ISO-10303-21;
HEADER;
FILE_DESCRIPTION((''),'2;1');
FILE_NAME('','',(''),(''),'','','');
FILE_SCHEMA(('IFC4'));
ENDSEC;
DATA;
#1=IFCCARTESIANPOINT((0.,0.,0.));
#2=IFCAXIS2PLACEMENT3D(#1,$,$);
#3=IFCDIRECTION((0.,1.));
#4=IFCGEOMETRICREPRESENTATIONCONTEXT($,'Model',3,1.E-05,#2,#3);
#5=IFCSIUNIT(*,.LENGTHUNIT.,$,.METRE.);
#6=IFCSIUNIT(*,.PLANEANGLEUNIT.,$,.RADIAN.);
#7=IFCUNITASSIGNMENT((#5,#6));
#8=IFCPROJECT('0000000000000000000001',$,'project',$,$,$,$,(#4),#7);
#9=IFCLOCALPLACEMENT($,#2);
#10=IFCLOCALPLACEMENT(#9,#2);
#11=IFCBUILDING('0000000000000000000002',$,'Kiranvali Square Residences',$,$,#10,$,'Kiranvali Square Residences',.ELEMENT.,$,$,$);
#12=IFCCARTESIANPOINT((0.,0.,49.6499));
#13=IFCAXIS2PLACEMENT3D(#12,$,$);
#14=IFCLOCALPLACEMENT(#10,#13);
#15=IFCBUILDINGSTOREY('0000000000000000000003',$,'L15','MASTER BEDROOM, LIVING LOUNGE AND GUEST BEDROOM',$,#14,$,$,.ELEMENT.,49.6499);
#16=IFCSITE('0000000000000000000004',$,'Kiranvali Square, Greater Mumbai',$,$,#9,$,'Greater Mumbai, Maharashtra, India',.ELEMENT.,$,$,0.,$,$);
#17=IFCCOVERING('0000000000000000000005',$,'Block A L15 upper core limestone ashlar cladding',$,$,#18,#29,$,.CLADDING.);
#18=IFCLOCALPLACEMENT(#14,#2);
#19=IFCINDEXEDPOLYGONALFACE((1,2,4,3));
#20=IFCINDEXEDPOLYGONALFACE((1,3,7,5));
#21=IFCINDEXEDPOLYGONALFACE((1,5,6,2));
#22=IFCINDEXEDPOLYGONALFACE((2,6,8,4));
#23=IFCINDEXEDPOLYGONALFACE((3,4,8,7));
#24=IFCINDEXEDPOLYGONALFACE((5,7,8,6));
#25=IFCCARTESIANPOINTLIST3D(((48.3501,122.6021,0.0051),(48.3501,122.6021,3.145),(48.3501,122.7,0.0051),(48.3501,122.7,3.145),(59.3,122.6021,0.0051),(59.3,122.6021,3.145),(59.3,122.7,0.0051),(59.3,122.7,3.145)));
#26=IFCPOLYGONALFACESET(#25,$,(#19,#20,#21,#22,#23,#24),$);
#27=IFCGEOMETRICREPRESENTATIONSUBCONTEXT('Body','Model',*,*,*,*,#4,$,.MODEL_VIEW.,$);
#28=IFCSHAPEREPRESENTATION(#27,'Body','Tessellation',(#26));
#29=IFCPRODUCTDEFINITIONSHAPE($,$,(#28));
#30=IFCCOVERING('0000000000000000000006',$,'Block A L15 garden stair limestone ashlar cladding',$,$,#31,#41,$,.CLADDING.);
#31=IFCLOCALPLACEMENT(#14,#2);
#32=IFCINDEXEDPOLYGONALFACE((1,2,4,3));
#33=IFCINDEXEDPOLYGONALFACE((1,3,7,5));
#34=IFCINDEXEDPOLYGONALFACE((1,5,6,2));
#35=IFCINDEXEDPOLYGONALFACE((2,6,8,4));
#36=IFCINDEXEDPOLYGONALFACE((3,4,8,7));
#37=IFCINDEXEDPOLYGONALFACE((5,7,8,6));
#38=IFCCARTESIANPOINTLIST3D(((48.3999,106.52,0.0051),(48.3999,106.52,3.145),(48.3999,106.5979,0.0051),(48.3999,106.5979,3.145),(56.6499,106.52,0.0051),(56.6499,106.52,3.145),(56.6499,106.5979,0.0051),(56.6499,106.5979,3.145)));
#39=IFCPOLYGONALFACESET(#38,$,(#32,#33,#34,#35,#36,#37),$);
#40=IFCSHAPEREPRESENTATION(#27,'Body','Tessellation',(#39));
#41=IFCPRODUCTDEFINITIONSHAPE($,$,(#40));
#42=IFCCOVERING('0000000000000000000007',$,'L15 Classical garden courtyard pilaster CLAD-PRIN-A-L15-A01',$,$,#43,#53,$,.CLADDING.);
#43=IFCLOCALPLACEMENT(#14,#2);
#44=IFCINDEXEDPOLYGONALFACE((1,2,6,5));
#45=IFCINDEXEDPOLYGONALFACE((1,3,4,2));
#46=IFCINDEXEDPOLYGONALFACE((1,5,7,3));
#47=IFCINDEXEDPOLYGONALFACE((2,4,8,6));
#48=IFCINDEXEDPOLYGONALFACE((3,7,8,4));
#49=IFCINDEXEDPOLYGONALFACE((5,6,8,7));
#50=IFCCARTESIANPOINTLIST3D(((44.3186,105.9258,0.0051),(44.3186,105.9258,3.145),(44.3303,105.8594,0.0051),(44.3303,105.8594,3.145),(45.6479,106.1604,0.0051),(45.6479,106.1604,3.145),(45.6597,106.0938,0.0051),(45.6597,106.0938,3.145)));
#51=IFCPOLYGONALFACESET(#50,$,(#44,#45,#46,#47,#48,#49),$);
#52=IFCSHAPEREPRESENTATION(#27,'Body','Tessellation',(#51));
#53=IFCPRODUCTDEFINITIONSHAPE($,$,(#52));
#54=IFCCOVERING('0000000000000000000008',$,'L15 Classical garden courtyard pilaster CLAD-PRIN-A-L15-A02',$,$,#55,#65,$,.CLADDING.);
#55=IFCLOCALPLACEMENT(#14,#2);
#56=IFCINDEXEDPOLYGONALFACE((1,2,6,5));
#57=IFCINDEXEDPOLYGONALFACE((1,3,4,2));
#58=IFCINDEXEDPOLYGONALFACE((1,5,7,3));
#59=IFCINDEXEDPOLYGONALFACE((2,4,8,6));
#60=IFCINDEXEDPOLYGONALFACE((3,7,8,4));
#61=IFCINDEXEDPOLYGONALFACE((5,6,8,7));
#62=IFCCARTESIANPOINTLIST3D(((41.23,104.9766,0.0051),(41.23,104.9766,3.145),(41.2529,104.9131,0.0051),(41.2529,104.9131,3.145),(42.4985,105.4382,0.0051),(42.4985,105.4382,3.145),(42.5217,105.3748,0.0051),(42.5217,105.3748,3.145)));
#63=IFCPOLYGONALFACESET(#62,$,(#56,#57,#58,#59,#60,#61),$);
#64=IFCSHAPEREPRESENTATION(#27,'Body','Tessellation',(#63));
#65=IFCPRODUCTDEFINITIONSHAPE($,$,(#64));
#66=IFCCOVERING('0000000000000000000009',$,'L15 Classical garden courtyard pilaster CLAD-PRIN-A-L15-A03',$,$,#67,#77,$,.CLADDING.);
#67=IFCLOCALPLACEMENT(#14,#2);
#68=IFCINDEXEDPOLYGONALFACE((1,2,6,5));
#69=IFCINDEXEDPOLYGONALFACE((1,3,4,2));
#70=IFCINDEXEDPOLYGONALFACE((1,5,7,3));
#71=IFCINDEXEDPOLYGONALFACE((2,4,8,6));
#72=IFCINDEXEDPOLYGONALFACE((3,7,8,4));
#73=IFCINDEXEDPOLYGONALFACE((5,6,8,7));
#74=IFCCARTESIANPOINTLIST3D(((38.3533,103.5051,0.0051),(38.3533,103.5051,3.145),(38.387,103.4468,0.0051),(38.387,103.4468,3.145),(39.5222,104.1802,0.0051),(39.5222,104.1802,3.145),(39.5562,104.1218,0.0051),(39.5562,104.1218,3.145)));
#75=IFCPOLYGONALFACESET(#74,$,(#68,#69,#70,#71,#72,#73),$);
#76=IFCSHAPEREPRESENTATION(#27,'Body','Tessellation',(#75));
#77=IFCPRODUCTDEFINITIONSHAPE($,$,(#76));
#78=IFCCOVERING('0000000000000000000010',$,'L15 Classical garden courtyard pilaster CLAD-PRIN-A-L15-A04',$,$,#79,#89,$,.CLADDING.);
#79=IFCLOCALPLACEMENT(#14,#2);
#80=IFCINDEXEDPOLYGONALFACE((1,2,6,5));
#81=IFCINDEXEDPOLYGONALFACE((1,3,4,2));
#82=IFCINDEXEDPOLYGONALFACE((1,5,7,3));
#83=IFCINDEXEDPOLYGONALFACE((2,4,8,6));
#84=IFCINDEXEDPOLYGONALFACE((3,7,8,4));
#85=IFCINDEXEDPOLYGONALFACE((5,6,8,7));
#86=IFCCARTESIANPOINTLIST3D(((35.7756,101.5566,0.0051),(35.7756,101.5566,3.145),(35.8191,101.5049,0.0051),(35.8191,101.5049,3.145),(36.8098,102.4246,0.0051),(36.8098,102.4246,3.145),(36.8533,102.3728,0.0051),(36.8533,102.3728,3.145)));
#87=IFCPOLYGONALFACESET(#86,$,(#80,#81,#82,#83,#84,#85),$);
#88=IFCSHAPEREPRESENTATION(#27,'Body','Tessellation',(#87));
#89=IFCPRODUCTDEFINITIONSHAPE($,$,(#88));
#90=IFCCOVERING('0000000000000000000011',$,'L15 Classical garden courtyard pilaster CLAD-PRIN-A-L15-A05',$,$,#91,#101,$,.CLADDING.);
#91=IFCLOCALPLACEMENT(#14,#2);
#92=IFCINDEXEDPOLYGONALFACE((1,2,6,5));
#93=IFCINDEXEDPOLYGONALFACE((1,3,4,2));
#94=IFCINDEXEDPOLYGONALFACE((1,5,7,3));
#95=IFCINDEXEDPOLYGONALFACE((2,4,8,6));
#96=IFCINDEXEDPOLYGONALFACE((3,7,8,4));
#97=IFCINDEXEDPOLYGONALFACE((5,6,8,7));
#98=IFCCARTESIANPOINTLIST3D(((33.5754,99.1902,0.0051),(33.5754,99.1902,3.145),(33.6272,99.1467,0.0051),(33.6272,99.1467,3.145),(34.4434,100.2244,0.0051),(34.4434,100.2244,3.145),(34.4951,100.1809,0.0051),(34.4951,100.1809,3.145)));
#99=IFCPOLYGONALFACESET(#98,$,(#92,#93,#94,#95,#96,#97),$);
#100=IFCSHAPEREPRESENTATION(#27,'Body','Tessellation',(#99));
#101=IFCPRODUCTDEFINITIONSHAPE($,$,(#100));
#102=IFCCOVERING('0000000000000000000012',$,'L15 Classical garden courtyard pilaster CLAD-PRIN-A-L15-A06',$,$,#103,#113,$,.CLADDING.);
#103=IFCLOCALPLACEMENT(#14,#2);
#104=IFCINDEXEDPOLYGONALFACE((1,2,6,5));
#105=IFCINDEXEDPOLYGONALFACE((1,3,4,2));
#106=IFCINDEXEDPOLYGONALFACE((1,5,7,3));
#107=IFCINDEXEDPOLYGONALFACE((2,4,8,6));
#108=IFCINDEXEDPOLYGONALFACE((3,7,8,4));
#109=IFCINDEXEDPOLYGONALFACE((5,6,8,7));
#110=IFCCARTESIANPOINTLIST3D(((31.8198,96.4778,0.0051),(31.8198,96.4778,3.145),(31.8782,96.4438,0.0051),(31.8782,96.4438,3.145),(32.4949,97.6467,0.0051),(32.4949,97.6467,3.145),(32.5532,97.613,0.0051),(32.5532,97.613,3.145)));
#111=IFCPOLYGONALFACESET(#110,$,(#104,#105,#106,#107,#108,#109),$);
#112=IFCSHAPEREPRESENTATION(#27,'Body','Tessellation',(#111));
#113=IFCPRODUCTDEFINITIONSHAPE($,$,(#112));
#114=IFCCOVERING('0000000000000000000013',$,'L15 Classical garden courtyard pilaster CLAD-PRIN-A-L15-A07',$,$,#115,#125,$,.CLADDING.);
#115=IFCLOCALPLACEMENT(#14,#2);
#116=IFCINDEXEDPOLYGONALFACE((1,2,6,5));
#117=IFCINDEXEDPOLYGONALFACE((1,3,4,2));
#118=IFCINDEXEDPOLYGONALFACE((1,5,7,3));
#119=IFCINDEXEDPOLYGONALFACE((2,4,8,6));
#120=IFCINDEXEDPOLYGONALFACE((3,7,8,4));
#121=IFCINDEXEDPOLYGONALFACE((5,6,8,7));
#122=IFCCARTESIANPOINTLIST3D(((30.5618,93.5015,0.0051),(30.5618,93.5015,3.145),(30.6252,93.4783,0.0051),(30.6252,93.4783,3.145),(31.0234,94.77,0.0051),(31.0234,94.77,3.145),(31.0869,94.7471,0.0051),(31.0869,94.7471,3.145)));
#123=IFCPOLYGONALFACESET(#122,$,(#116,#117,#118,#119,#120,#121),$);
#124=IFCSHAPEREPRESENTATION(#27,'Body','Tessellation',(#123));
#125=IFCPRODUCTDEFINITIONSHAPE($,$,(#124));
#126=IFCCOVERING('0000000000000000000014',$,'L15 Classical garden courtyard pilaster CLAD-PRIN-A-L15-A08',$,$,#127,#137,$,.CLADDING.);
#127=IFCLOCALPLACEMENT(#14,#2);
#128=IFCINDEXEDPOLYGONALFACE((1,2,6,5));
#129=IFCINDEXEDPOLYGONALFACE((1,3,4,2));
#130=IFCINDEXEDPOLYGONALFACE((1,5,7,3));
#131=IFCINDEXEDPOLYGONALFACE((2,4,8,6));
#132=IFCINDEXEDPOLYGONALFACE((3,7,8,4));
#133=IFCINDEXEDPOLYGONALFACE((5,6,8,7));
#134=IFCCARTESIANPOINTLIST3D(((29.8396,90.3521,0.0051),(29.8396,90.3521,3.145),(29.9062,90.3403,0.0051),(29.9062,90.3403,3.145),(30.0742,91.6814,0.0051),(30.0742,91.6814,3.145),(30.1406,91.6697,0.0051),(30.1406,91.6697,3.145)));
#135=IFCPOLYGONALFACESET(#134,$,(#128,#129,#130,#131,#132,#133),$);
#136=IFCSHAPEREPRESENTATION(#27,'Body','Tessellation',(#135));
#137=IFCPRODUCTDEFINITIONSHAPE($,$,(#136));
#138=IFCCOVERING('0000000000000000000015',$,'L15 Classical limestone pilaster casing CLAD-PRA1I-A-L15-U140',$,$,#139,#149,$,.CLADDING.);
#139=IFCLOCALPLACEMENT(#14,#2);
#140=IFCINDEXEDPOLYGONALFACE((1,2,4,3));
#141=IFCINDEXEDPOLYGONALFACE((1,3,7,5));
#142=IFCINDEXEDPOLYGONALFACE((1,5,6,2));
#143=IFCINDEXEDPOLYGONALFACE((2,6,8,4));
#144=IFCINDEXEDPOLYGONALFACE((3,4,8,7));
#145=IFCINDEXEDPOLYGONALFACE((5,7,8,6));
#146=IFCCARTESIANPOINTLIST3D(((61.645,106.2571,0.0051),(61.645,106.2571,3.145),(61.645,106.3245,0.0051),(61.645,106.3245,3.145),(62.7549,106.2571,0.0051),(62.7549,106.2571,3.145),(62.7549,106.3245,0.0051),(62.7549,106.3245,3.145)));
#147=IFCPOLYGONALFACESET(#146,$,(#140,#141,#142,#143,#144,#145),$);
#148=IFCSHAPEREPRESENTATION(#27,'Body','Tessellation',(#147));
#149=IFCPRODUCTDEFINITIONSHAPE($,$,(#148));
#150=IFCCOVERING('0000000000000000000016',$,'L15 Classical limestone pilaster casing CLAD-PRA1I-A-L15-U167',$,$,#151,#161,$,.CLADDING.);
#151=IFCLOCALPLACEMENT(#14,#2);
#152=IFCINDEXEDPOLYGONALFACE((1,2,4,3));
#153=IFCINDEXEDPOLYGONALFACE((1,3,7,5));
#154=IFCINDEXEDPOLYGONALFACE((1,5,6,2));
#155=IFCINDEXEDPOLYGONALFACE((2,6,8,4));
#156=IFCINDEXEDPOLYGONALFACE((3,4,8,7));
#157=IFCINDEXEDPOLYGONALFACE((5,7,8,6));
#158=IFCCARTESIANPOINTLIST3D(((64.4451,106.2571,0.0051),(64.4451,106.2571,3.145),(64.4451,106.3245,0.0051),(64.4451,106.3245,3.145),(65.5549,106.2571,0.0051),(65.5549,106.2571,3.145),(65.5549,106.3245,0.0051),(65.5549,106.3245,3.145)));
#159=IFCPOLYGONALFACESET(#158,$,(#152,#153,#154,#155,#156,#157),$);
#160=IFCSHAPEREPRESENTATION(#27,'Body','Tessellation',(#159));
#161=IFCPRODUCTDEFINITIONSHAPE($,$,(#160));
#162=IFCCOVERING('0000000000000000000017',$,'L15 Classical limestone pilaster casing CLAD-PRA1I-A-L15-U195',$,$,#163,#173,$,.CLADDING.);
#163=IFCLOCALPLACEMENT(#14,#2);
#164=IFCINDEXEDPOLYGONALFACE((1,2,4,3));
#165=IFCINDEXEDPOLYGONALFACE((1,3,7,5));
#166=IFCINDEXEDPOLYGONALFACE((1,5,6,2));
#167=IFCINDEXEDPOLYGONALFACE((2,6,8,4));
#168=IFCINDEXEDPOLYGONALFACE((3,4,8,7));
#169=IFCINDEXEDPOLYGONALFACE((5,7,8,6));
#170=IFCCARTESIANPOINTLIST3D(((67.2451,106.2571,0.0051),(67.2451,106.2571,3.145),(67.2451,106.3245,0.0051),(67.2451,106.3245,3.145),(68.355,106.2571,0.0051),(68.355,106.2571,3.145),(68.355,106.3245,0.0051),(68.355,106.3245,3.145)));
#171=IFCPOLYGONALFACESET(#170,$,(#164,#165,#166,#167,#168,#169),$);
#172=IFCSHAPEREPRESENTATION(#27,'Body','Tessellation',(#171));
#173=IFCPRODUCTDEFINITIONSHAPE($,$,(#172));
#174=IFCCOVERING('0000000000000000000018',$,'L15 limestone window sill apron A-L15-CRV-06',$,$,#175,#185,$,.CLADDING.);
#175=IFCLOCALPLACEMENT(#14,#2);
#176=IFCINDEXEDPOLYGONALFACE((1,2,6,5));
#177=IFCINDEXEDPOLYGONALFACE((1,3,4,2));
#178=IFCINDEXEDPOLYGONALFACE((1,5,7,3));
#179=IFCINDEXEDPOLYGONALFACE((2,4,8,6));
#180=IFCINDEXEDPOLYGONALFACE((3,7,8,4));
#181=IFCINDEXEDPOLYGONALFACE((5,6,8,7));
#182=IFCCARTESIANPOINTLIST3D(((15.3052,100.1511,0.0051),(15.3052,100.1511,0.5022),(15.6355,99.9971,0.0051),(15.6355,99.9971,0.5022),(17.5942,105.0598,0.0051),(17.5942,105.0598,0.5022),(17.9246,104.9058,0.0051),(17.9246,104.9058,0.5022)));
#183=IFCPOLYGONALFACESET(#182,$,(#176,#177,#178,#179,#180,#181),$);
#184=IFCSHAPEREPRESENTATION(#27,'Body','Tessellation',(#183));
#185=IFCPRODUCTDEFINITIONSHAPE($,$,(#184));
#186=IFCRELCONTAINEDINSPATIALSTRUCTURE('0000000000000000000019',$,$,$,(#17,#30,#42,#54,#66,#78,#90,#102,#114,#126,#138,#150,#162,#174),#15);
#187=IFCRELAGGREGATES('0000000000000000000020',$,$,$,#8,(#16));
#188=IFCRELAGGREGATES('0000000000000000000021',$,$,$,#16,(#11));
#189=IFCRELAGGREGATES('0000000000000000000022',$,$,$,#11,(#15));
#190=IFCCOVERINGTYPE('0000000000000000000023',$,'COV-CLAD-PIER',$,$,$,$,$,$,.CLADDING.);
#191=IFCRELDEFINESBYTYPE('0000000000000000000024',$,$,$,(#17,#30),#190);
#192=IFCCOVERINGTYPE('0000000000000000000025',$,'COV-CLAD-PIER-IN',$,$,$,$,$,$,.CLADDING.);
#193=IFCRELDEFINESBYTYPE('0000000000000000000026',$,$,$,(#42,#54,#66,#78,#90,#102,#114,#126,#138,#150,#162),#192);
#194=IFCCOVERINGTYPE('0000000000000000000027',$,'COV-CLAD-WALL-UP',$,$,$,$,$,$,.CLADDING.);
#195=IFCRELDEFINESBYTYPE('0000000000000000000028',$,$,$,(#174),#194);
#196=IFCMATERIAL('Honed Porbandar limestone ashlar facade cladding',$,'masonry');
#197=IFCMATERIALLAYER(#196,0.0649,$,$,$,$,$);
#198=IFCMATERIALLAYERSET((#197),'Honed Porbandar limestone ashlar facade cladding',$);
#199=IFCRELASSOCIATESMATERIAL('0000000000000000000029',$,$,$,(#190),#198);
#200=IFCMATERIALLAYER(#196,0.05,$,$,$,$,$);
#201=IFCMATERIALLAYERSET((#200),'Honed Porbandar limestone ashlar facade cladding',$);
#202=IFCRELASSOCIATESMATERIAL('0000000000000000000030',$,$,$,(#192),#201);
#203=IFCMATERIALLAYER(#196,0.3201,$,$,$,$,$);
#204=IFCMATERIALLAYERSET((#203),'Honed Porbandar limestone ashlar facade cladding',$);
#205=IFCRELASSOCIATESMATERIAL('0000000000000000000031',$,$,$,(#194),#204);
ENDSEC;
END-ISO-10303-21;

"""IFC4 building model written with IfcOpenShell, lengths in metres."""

from ifc_helpers import new_model, si_unit, direction, frame, origin, place, context, subcontext, project, spatial, polyline, outline, extrude, material, layer, layer_set, type_object, element, save


model = new_model("IFC4")

# Units and contexts
model_context = context("Model", 3, precision=1e-05, world=origin(), true_north=direction((0.0, 1.0)))
body_context = subcontext(model_context, "Body", "Model", "MODEL_VIEW")
ifc_project = project(units=[si_unit("LENGTHUNIT", "METRE"), si_unit("PLANEANGLEUNIT", "RADIAN")], contexts=[model_context])

# Site, building, storey
site_placement = place(None, origin())
site = spatial("IfcSite", under=ifc_project, at=site_placement, Name="Kiranvali Square, Greater Mumbai", LongName="Greater Mumbai, Maharashtra, India", CompositionType="ELEMENT", RefElevation=0.0)
building_placement = place(site_placement, origin())
building = spatial("IfcBuilding", under=site, at=building_placement, Name="Kiranvali Square Residences", LongName="Kiranvali Square Residences", CompositionType="ELEMENT")
storey_placement = place(building_placement, frame((0.0, 0.0, 49.6499)))
storey = spatial("IfcBuildingStorey", under=building, at=storey_placement, Name="L15", Description="MASTER BEDROOM, LIVING LOUNGE AND GUEST BEDROOM", CompositionType="ELEMENT", Elevation=49.6499)

# Coverings
ifc_material = material(Name="Honed Porbandar limestone ashlar facade cladding", Category="masonry")
ifc_layer_1 = layer(ifc_material, 0.0649)
ifc_layer_set_1 = layer_set([ifc_layer_1], Name="Honed Porbandar limestone ashlar facade cladding")
covering_type_1 = type_object("IfcCoveringType", Name="COV-CLAD-PIER", PredefinedType="CLADDING", material=ifc_layer_set_1)
covering_1_placement = place(storey_placement, frame((0.0, 0.0, 0.0051)))
element("IfcCovering", 1, at=covering_1_placement, inside=storey, type_object=covering_type_1, Name="Block A L15 upper core limestone ashlar cladding", PredefinedType="CLADDING", context=body_context, shape_type="SweptSolid", body=[
    extrude(outline(polyline([(48.3501, 122.6021), (59.3, 122.6021), (59.3, 122.7), (48.3501, 122.7), (48.3501, 122.6021)])), origin(), (0.0, 0.0, 1.0), 3.1399),
])
covering_2_placement = place(storey_placement, frame((0.0, 0.0, 0.0051)))
element("IfcCovering", 2, at=covering_2_placement, inside=storey, type_object=covering_type_1, Name="Block A L15 garden stair limestone ashlar cladding", PredefinedType="CLADDING", context=body_context, shape_type="SweptSolid", body=[
    extrude(outline(polyline([(48.3999, 106.52), (56.6499, 106.52), (56.6499, 106.5979), (48.3999, 106.5979), (48.3999, 106.52)])), origin(), (0.0, 0.0, 1.0), 3.1399),
])
ifc_layer_2 = layer(ifc_material, 0.05)
ifc_layer_set_2 = layer_set([ifc_layer_2], Name="Honed Porbandar limestone ashlar facade cladding")
covering_type_2 = type_object("IfcCoveringType", Name="COV-CLAD-PIER-IN", PredefinedType="CLADDING", material=ifc_layer_set_2)
covering_3_placement = place(storey_placement, frame((0.0, 0.0, 0.0051)))
element("IfcCovering", 3, at=covering_3_placement, inside=storey, type_object=covering_type_2, Name="L15 Classical garden courtyard pilaster CLAD-PRIN-A-L15-A01", PredefinedType="CLADDING", context=body_context, shape_type="SweptSolid", body=[
    extrude(outline(polyline([(44.3303, 105.8594), (45.6597, 106.0938), (45.6479, 106.1604), (44.3186, 105.9258), (44.3303, 105.8594)])), origin(), (0.0, 0.0, 1.0), 3.1399),
])
covering_4_placement = place(storey_placement, frame((0.0, 0.0, 0.0051)))
element("IfcCovering", 4, at=covering_4_placement, inside=storey, type_object=covering_type_2, Name="L15 Classical garden courtyard pilaster CLAD-PRIN-A-L15-A02", PredefinedType="CLADDING", context=body_context, shape_type="SweptSolid", body=[
    extrude(outline(polyline([(41.2529, 104.9131), (42.5217, 105.3748), (42.4985, 105.4382), (41.23, 104.9766), (41.2529, 104.9131)])), origin(), (0.0, 0.0, 1.0), 3.1399),
])
covering_5_placement = place(storey_placement, frame((0.0, 0.0, 0.0051)))
element("IfcCovering", 5, at=covering_5_placement, inside=storey, type_object=covering_type_2, Name="L15 Classical garden courtyard pilaster CLAD-PRIN-A-L15-A03", PredefinedType="CLADDING", context=body_context, shape_type="SweptSolid", body=[
    extrude(outline(polyline([(38.387, 103.4468), (39.5562, 104.1218), (39.5222, 104.1802), (38.3533, 103.5051), (38.387, 103.4468)])), origin(), (0.0, 0.0, 1.0), 3.1399),
])
covering_6_placement = place(storey_placement, frame((0.0, 0.0, 0.0051)))
element("IfcCovering", 6, at=covering_6_placement, inside=storey, type_object=covering_type_2, Name="L15 Classical garden courtyard pilaster CLAD-PRIN-A-L15-A04", PredefinedType="CLADDING", context=body_context, shape_type="SweptSolid", body=[
    extrude(outline(polyline([(35.8191, 101.5049), (36.8533, 102.3728), (36.8098, 102.4246), (35.7756, 101.5566), (35.8191, 101.5049)])), origin(), (0.0, 0.0, 1.0), 3.1399),
])
covering_7_placement = place(storey_placement, frame((0.0, 0.0, 0.0051)))
element("IfcCovering", 7, at=covering_7_placement, inside=storey, type_object=covering_type_2, Name="L15 Classical garden courtyard pilaster CLAD-PRIN-A-L15-A05", PredefinedType="CLADDING", context=body_context, shape_type="SweptSolid", body=[
    extrude(outline(polyline([(33.6272, 99.1467), (34.4951, 100.1809), (34.4434, 100.2244), (33.5754, 99.1902), (33.6272, 99.1467)])), origin(), (0.0, 0.0, 1.0), 3.1399),
])
covering_8_placement = place(storey_placement, frame((0.0, 0.0, 0.0051)))
element("IfcCovering", 8, at=covering_8_placement, inside=storey, type_object=covering_type_2, Name="L15 Classical garden courtyard pilaster CLAD-PRIN-A-L15-A06", PredefinedType="CLADDING", context=body_context, shape_type="SweptSolid", body=[
    extrude(outline(polyline([(31.8782, 96.4438), (32.5532, 97.613), (32.4949, 97.6467), (31.8198, 96.4778), (31.8782, 96.4438)])), origin(), (0.0, 0.0, 1.0), 3.1399),
])
covering_9_placement = place(storey_placement, frame((0.0, 0.0, 0.0051)))
element("IfcCovering", 9, at=covering_9_placement, inside=storey, type_object=covering_type_2, Name="L15 Classical garden courtyard pilaster CLAD-PRIN-A-L15-A07", PredefinedType="CLADDING", context=body_context, shape_type="SweptSolid", body=[
    extrude(outline(polyline([(30.6252, 93.4783), (31.0869, 94.7471), (31.0234, 94.77), (30.5618, 93.5015), (30.6252, 93.4783)])), origin(), (0.0, 0.0, 1.0), 3.1399),
])
covering_10_placement = place(storey_placement, frame((0.0, 0.0, 0.0051)))
element("IfcCovering", 10, at=covering_10_placement, inside=storey, type_object=covering_type_2, Name="L15 Classical garden courtyard pilaster CLAD-PRIN-A-L15-A08", PredefinedType="CLADDING", context=body_context, shape_type="SweptSolid", body=[
    extrude(outline(polyline([(29.9062, 90.3403), (30.1406, 91.6697), (30.0742, 91.6814), (29.8396, 90.3521), (29.9062, 90.3403)])), origin(), (0.0, 0.0, 1.0), 3.1399),
])
covering_11_placement = place(storey_placement, frame((0.0, 0.0, 0.0051)))
element("IfcCovering", 11, at=covering_11_placement, inside=storey, type_object=covering_type_2, Name="L15 Classical limestone pilaster casing CLAD-PRA1I-A-L15-U140", PredefinedType="CLADDING", context=body_context, shape_type="SweptSolid", body=[
    extrude(outline(polyline([(61.645, 106.2571), (62.7549, 106.2571), (62.7549, 106.3245), (61.645, 106.3245), (61.645, 106.2571)])), origin(), (0.0, 0.0, 1.0), 3.1399),
])
covering_12_placement = place(storey_placement, frame((0.0, 0.0, 0.0051)))
element("IfcCovering", 12, at=covering_12_placement, inside=storey, type_object=covering_type_2, Name="L15 Classical limestone pilaster casing CLAD-PRA1I-A-L15-U167", PredefinedType="CLADDING", context=body_context, shape_type="SweptSolid", body=[
    extrude(outline(polyline([(64.4451, 106.2571), (65.5549, 106.2571), (65.5549, 106.3245), (64.4451, 106.3245), (64.4451, 106.2571)])), origin(), (0.0, 0.0, 1.0), 3.1399),
])
covering_13_placement = place(storey_placement, frame((0.0, 0.0, 0.0051)))
element("IfcCovering", 13, at=covering_13_placement, inside=storey, type_object=covering_type_2, Name="L15 Classical limestone pilaster casing CLAD-PRA1I-A-L15-U195", PredefinedType="CLADDING", context=body_context, shape_type="SweptSolid", body=[
    extrude(outline(polyline([(67.2451, 106.2571), (68.355, 106.2571), (68.355, 106.3245), (67.2451, 106.3245), (67.2451, 106.2571)])), origin(), (0.0, 0.0, 1.0), 3.1399),
])
ifc_layer_3 = layer(ifc_material, 0.3201)
ifc_layer_set_3 = layer_set([ifc_layer_3], Name="Honed Porbandar limestone ashlar facade cladding")
covering_type_3 = type_object("IfcCoveringType", Name="COV-CLAD-WALL-UP", PredefinedType="CLADDING", material=ifc_layer_set_3)
covering_14_placement = place(storey_placement, frame((0.0, 0.0, 0.0051)))
element("IfcCovering", 14, at=covering_14_placement, inside=storey, type_object=covering_type_3, Name="L15 limestone window sill apron A-L15-CRV-06", PredefinedType="CLADDING", context=body_context, shape_type="SweptSolid", body=[
    extrude(outline(polyline([(17.5942, 105.0598), (15.3052, 100.1511), (15.6355, 99.9971), (17.9246, 104.9058), (17.5942, 105.0598)])), origin(), (0.0, 0.0, 1.0), 0.4971),
])

save(model, "model.ifc")
